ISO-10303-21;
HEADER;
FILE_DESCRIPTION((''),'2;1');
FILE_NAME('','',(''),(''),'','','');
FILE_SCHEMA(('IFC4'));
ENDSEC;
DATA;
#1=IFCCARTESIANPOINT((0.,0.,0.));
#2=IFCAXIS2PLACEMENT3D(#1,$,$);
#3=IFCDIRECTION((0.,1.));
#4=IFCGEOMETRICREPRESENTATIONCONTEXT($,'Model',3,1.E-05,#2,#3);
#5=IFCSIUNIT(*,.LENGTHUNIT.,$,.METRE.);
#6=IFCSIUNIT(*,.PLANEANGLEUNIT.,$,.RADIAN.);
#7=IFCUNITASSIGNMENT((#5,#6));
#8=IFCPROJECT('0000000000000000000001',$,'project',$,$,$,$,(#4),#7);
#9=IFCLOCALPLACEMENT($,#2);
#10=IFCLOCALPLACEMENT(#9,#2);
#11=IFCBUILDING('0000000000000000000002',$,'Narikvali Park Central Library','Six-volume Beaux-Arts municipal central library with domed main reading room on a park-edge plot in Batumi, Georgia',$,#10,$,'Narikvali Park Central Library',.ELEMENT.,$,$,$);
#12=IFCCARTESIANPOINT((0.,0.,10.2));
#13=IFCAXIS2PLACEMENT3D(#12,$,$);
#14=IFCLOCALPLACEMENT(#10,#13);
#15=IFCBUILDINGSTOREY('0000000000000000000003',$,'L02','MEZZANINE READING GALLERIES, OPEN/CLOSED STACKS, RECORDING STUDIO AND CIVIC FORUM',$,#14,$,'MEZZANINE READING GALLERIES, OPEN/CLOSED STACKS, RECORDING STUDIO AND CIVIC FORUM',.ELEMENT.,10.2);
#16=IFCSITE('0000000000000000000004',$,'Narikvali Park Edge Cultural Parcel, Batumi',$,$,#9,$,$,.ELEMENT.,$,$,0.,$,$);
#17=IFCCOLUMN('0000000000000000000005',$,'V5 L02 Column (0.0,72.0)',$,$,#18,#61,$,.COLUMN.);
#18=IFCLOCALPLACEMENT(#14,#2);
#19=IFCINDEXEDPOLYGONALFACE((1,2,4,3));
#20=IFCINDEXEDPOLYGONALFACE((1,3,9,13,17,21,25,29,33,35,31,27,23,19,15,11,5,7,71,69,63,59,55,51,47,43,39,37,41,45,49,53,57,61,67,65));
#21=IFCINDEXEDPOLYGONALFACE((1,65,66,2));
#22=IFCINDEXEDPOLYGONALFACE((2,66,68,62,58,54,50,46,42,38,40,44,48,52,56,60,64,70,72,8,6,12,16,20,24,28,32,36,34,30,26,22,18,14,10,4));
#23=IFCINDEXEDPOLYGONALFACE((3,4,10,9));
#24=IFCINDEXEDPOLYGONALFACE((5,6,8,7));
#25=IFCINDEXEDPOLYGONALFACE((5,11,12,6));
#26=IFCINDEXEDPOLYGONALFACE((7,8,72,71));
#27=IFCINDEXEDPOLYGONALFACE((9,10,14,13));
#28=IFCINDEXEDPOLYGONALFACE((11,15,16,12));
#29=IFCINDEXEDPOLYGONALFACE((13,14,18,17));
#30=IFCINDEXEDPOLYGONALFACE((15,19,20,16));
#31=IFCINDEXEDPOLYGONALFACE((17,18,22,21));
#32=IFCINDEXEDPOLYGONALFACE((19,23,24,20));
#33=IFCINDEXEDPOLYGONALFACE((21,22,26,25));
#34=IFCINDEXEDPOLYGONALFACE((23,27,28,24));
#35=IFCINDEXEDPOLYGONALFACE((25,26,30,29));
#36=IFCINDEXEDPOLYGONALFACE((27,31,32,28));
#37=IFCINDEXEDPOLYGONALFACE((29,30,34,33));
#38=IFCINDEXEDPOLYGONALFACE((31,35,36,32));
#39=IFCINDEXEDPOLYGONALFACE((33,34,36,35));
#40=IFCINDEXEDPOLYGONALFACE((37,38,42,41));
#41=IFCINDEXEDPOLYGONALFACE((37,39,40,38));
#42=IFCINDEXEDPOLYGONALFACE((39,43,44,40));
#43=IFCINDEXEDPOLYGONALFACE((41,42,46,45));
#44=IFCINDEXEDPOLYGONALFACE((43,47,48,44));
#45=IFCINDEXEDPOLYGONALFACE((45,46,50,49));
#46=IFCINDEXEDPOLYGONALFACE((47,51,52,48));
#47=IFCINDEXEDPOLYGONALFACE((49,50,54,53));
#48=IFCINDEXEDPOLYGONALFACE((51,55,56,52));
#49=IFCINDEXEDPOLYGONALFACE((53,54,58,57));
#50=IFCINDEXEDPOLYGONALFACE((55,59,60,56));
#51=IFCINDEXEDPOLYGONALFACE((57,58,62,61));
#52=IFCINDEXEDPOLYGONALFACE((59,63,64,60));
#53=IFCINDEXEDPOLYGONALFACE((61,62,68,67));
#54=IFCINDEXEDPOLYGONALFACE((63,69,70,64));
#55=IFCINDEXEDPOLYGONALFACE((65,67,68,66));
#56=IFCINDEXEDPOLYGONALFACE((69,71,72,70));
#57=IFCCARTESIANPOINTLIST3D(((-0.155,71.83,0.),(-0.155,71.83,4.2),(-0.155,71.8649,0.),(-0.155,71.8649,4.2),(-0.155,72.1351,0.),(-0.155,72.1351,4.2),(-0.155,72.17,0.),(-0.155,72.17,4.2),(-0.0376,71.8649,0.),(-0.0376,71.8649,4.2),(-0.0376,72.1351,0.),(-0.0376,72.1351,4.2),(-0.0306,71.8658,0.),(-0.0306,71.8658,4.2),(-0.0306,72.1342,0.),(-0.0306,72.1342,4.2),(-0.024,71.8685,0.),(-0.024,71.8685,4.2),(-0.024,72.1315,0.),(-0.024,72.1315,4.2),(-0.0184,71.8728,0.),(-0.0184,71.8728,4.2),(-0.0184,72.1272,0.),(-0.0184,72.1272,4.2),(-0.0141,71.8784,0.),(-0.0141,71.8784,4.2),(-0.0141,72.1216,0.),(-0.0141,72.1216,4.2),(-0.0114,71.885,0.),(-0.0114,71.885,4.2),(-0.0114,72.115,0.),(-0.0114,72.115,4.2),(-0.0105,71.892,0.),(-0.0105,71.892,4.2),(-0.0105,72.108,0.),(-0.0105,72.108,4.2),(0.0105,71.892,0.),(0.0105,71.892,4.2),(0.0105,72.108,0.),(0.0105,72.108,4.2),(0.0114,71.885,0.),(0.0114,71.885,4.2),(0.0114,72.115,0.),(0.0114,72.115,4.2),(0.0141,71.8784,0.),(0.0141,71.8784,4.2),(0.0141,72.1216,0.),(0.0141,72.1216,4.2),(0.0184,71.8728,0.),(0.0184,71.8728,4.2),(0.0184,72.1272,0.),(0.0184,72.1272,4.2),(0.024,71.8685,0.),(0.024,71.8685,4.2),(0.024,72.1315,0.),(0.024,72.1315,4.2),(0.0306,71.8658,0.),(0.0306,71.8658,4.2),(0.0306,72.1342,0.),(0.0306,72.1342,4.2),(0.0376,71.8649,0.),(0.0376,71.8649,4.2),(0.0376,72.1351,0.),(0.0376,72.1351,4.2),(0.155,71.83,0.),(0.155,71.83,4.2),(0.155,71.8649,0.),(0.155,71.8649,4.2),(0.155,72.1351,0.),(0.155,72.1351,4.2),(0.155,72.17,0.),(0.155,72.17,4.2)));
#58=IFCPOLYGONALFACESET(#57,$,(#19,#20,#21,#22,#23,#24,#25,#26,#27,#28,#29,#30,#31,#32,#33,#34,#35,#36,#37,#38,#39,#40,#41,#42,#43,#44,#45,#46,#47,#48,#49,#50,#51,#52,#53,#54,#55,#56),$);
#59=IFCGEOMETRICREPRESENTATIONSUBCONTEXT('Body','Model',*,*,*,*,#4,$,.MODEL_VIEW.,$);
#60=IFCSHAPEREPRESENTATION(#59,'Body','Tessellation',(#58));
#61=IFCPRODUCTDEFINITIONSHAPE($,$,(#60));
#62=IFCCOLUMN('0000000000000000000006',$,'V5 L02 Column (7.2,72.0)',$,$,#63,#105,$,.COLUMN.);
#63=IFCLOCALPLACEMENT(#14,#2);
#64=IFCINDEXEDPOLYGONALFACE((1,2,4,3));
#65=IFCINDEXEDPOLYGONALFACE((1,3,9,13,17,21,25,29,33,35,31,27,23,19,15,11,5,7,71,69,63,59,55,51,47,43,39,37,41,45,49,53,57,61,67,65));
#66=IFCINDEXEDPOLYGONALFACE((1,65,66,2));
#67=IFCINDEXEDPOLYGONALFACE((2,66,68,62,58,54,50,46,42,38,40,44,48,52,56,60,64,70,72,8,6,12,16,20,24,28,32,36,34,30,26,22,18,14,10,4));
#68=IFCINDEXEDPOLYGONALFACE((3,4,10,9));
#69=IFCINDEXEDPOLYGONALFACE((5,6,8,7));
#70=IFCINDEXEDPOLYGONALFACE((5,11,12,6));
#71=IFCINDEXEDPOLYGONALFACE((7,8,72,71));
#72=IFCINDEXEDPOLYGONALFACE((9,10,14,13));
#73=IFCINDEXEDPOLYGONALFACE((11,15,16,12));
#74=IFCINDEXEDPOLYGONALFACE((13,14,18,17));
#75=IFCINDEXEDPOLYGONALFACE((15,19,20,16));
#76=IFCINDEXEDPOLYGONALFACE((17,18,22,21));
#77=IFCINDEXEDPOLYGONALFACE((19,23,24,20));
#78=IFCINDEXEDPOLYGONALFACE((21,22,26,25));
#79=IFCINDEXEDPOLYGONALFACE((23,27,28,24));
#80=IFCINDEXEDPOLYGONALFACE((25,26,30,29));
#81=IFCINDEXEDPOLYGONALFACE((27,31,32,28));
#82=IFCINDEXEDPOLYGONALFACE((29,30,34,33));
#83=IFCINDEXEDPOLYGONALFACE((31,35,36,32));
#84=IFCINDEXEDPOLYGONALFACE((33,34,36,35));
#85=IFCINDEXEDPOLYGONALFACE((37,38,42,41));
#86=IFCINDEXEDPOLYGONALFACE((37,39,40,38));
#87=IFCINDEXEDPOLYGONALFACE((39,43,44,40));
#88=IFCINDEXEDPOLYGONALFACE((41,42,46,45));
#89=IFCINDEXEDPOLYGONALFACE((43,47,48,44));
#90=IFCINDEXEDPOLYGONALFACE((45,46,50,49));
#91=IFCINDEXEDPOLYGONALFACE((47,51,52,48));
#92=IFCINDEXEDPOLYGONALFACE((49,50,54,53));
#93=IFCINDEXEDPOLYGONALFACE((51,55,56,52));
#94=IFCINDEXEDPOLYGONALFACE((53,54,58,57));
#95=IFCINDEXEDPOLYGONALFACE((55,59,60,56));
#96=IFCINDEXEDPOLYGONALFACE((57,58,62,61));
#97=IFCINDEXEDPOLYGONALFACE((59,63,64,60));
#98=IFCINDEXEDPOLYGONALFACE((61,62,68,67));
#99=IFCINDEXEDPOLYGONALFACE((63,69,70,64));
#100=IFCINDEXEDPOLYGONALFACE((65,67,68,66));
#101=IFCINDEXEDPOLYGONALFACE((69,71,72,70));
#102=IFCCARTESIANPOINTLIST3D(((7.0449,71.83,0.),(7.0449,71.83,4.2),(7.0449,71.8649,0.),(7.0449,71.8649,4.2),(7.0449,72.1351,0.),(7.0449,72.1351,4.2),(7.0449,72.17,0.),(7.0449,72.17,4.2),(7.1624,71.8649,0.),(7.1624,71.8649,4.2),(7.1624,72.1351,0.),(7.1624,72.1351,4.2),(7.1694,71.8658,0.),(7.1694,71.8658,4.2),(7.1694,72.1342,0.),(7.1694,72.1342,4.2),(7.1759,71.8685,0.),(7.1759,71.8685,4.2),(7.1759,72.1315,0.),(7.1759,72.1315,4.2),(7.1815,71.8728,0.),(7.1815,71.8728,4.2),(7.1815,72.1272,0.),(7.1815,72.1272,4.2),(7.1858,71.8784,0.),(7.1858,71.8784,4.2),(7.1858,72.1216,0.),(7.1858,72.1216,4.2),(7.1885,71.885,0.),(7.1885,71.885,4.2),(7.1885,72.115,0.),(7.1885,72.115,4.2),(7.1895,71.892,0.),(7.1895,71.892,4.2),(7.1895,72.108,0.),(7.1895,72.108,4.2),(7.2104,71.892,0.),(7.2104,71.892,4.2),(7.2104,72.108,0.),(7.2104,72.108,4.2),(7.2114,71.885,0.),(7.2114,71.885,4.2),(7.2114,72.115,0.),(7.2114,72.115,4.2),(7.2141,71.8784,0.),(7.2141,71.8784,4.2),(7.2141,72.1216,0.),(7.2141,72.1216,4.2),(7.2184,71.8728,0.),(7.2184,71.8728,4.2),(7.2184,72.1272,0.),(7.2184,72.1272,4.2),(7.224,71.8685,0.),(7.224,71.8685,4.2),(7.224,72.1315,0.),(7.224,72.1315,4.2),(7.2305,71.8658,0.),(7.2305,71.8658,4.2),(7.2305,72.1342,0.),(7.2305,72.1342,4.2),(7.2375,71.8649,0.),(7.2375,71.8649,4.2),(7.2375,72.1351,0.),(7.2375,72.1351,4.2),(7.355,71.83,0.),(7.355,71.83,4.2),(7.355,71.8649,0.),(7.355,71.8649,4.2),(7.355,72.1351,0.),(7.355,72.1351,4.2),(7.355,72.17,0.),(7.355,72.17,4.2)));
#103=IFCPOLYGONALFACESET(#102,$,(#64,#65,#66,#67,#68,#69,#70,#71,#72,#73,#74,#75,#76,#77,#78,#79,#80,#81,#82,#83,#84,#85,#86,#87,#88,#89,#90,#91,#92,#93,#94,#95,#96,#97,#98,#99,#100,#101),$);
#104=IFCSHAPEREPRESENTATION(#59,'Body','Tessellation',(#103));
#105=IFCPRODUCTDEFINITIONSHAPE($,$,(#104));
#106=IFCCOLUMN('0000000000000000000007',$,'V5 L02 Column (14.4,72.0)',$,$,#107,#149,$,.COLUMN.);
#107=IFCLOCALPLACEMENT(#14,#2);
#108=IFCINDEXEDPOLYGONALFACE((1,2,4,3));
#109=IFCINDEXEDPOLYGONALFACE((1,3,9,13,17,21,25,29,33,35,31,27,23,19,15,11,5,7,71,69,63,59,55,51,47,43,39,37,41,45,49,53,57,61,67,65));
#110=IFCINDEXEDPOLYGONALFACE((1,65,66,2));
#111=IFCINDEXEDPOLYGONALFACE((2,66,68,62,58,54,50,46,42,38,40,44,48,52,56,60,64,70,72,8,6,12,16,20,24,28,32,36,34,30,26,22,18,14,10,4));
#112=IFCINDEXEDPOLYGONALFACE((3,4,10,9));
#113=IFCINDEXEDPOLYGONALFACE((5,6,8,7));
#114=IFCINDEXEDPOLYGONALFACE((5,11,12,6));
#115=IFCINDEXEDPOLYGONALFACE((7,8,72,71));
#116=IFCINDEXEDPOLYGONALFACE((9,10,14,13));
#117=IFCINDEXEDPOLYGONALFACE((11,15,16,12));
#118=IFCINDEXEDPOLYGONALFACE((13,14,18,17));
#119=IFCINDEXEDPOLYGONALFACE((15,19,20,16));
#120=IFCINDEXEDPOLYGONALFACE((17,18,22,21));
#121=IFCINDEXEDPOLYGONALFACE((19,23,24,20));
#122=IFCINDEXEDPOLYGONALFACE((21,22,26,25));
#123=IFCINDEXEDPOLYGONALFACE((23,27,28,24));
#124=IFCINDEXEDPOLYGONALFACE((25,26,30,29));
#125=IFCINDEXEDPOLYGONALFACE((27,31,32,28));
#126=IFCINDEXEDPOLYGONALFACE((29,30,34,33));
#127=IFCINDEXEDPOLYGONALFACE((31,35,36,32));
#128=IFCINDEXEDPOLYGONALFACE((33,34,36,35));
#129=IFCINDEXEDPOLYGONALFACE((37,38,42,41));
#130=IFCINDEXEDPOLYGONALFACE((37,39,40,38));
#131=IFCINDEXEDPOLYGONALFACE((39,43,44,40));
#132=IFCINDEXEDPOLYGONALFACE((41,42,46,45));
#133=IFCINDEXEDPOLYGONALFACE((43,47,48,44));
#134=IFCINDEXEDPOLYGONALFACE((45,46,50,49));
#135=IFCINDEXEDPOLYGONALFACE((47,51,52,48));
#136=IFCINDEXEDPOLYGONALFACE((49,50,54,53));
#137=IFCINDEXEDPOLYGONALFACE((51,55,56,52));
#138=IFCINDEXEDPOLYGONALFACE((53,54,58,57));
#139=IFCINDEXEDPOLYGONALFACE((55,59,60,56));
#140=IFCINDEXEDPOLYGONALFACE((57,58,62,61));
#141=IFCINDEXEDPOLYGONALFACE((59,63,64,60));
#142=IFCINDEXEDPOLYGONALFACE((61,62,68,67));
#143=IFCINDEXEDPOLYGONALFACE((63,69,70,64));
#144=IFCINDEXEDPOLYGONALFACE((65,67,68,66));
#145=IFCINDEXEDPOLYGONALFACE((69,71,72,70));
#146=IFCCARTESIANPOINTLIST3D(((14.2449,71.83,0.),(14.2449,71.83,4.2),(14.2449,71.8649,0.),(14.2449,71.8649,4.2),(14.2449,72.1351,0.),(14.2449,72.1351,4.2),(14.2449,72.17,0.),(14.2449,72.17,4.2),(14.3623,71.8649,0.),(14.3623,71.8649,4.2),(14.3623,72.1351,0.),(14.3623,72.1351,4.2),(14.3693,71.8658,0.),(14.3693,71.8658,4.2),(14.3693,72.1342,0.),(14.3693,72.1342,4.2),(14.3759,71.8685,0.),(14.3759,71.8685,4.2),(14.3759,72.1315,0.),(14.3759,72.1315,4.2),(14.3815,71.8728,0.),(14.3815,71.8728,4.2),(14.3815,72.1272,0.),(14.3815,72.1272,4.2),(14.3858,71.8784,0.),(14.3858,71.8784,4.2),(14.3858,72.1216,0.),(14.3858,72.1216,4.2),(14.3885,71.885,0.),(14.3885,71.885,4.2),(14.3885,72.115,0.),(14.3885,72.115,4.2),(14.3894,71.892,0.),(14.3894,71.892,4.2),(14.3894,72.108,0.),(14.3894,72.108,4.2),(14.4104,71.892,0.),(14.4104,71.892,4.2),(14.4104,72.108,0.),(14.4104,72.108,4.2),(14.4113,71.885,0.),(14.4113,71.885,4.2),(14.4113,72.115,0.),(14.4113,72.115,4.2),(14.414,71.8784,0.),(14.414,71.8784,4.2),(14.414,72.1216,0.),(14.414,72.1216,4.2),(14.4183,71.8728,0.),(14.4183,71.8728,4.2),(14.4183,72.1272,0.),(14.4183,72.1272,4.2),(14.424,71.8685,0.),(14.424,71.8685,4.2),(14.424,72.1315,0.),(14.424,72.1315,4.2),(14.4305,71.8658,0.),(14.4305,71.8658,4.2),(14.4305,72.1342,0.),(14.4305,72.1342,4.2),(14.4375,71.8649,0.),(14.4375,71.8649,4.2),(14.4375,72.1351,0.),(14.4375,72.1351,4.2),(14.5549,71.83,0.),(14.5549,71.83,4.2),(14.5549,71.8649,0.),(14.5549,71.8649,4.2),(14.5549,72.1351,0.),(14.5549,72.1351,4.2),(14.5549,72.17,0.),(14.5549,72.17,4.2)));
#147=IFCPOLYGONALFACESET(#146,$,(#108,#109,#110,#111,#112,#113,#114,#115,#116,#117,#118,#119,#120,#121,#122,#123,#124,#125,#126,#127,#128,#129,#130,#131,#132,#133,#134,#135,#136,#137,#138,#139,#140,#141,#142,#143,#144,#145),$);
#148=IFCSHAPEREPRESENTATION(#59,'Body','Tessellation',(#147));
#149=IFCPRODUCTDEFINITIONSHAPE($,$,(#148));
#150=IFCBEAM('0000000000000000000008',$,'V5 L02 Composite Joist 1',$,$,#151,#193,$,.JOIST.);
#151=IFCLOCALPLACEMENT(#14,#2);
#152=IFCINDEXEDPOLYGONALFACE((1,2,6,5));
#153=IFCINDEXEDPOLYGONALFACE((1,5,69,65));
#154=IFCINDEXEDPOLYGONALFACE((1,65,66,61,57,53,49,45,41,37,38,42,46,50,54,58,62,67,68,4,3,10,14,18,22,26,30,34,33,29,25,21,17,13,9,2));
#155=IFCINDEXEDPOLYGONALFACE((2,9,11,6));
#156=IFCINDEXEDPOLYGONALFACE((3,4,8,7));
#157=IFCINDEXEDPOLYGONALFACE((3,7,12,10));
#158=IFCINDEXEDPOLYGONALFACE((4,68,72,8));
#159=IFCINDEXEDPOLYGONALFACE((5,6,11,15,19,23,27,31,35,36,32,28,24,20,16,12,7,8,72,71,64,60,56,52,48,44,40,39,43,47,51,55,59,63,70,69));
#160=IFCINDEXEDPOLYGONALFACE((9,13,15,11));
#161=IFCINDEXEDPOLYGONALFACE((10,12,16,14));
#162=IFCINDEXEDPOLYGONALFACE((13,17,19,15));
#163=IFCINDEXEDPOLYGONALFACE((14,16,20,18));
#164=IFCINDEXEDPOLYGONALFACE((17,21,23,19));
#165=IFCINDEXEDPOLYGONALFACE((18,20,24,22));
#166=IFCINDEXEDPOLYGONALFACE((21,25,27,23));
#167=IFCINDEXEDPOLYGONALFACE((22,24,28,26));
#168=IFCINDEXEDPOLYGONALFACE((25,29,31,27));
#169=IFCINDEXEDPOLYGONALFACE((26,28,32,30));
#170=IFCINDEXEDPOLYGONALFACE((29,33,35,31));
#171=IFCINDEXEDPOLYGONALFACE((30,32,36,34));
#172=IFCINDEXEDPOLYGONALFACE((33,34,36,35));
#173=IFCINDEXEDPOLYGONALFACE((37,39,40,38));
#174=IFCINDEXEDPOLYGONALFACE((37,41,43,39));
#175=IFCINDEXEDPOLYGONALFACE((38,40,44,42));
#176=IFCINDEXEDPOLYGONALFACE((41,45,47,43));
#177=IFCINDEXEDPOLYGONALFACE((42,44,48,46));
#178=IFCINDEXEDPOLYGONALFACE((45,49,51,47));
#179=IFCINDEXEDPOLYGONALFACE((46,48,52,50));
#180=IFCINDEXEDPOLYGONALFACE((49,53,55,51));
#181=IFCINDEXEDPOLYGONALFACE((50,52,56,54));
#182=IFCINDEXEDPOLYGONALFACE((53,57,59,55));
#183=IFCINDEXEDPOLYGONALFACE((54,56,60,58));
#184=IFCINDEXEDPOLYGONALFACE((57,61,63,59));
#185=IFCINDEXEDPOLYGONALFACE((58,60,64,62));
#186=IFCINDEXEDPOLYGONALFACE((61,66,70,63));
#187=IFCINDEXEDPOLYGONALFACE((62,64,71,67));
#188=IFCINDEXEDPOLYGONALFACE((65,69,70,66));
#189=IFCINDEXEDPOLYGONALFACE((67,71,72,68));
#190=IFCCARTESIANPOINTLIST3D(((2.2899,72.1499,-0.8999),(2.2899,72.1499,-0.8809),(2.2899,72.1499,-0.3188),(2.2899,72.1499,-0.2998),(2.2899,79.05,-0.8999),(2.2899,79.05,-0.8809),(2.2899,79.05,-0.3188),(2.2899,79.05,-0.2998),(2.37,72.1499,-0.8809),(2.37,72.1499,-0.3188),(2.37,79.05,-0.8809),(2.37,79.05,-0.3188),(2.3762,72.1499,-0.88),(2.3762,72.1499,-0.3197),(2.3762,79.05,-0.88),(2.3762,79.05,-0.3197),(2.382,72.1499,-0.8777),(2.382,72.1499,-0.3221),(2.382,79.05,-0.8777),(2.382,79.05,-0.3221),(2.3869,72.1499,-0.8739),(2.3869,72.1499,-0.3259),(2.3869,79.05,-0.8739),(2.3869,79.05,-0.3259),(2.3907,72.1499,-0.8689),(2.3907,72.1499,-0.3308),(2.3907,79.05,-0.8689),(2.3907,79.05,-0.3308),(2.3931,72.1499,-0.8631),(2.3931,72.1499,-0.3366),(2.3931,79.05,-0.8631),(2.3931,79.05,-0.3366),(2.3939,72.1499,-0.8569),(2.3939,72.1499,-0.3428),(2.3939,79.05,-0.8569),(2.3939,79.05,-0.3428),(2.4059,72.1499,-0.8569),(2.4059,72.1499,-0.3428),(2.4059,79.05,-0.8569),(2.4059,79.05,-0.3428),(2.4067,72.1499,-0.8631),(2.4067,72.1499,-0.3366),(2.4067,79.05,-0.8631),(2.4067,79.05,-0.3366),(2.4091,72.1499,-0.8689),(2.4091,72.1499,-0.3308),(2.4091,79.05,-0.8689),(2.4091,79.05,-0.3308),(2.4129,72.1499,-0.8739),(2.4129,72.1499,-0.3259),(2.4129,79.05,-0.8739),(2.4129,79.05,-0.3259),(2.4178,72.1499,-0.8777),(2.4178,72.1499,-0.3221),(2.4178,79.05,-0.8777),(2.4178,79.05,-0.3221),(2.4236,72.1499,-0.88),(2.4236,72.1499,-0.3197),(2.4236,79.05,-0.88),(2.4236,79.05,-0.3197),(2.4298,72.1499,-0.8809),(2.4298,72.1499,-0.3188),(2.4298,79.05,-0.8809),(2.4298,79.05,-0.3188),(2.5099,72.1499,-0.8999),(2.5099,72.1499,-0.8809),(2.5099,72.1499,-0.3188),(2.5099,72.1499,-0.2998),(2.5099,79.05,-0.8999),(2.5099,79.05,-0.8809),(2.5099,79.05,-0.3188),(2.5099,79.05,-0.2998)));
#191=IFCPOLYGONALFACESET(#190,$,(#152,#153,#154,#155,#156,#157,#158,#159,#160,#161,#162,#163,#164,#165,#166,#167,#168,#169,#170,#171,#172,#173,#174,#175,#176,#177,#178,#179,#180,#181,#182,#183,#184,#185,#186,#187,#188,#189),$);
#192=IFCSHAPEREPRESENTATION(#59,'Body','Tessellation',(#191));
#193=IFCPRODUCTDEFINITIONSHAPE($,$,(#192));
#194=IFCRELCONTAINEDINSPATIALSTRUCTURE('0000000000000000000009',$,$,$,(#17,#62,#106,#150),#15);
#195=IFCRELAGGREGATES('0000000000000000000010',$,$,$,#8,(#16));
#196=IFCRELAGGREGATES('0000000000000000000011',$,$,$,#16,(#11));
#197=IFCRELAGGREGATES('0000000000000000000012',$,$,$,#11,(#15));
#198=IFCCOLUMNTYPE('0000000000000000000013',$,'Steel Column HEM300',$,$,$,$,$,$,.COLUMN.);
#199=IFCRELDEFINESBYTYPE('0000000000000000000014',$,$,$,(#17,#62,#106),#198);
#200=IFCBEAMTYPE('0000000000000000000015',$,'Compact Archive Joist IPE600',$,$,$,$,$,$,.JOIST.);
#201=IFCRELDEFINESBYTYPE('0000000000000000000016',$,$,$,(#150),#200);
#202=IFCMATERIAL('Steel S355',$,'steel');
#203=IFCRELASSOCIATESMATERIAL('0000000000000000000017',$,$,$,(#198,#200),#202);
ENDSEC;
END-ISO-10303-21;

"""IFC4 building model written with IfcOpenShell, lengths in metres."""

from ifc_helpers import new_model, si_unit, direction, frame, origin, origin_2d, place, context, subcontext, project, spatial, i_section, extrude, material, material_profile, profile_set, type_object, element, save


model = new_model("IFC4")

# Units and contexts
model_context = context("Model", 3, precision=1e-05, world=origin(), true_north=direction((0.0, 1.0)))
body_context = subcontext(model_context, "Body", "Model", "MODEL_VIEW")
ifc_project = project(units=[si_unit("LENGTHUNIT", "METRE"), si_unit("PLANEANGLEUNIT", "RADIAN")], contexts=[model_context])

# Site, building, storey
site_placement = place(None, origin())
site = spatial("IfcSite", under=ifc_project, at=site_placement, Name="Narikvali Park Edge Cultural Parcel, Batumi", CompositionType="ELEMENT", RefElevation=0.0)
building_placement = place(site_placement, origin())
building = spatial("IfcBuilding", under=site, at=building_placement, Name="Narikvali Park Central Library", Description="Six-volume Beaux-Arts municipal central library with domed main reading room on a park-edge plot in Batumi, Georgia", LongName="Narikvali Park Central Library", CompositionType="ELEMENT")
storey_placement = place(building_placement, frame((0.0, 0.0, 10.2)))
storey = spatial("IfcBuildingStorey", under=building, at=storey_placement, Name="L02", Description="MEZZANINE READING GALLERIES, OPEN/CLOSED STACKS, RECORDING STUDIO AND CIVIC FORUM", LongName="MEZZANINE READING GALLERIES, OPEN/CLOSED STACKS, RECORDING STUDIO AND CIVIC FORUM", CompositionType="ELEMENT", Elevation=10.2)

# Columns
ifc_material_1 = material(Name="Steel S355", Category="steel")
ifc_material_profile_1 = material_profile(ifc_material_1, i_section(OverallWidth=0.3101, OverallDepth=0.3401, WebThickness=0.021, FlangeThickness=0.0349, FilletRadius=0.0271, at=origin_2d()), Name="HEM 300")
ifc_profile_set_1 = profile_set([ifc_material_profile_1], Name="Steel S355")
column_type = type_object("IfcColumnType", Name="Steel Column HEM300", PredefinedType="COLUMN", material=ifc_profile_set_1)
for number, where, z_axis, x_axis, name in (
    (1, (0.0, 72.0, 0.0), (0.0, 0.0, 1.0), (1.0, 0.0, 0.0), "V5 L02 Column (0.0,72.0)"),
    (2, (7.2, 72.0, 0.0), (0.0, 0.0, 1.0), (1.0, 0.0, 0.0), "V5 L02 Column (7.2,72.0)"),
    (3, (14.3999, 72.0, 0.0), (0.0, 0.0, 1.0), (1.0, 0.0, 0.0), "V5 L02 Column (14.4,72.0)"),
):
    element("IfcColumn", number, at=place(storey_placement, frame(where, z_axis=z_axis, x_axis=x_axis)), inside=storey, type_object=column_type, Name=name, PredefinedType="COLUMN", context=body_context, shape_type="SweptSolid", body=[
        extrude(i_section(OverallWidth=0.3101, OverallDepth=0.3401, WebThickness=0.021, FlangeThickness=0.0349, FilletRadius=0.0271, at=origin_2d()), origin(), (0.0, 0.0, 1.0), 4.2),
    ])

# Beam
ifc_material_profile_2 = material_profile(ifc_material_1, i_section(OverallWidth=0.22, OverallDepth=0.6001, WebThickness=0.012, FlangeThickness=0.019, FilletRadius=0.0239, at=origin_2d()), Name="IPE 600")
ifc_profile_set_2 = profile_set([ifc_material_profile_2], Name="Steel S355")
beam_type_1 = type_object("IfcBeamType", Name="Compact Archive Joist IPE600", PredefinedType="JOIST", material=ifc_profile_set_2)
for number, where, z_axis, x_axis, name in (
    (4, (2.3999, 72.1499, -0.5999), (0.0, 1.0, 0.0), (-1.0, 0.0, 0.0), "V5 L02 Composite Joist 1"),
):
    element("IfcBeam", number, at=place(storey_placement, frame(where, z_axis=z_axis, x_axis=x_axis)), inside=storey, type_object=beam_type_1, Name=name, PredefinedType="JOIST", context=body_context, shape_type="SweptSolid", body=[
        extrude(i_section(OverallWidth=0.22, OverallDepth=0.6001, WebThickness=0.012, FlangeThickness=0.019, FilletRadius=0.0239, at=origin_2d()), origin(), (0.0, 0.0, 1.0), 6.9001),
    ])

save(model, "model.ifc")
